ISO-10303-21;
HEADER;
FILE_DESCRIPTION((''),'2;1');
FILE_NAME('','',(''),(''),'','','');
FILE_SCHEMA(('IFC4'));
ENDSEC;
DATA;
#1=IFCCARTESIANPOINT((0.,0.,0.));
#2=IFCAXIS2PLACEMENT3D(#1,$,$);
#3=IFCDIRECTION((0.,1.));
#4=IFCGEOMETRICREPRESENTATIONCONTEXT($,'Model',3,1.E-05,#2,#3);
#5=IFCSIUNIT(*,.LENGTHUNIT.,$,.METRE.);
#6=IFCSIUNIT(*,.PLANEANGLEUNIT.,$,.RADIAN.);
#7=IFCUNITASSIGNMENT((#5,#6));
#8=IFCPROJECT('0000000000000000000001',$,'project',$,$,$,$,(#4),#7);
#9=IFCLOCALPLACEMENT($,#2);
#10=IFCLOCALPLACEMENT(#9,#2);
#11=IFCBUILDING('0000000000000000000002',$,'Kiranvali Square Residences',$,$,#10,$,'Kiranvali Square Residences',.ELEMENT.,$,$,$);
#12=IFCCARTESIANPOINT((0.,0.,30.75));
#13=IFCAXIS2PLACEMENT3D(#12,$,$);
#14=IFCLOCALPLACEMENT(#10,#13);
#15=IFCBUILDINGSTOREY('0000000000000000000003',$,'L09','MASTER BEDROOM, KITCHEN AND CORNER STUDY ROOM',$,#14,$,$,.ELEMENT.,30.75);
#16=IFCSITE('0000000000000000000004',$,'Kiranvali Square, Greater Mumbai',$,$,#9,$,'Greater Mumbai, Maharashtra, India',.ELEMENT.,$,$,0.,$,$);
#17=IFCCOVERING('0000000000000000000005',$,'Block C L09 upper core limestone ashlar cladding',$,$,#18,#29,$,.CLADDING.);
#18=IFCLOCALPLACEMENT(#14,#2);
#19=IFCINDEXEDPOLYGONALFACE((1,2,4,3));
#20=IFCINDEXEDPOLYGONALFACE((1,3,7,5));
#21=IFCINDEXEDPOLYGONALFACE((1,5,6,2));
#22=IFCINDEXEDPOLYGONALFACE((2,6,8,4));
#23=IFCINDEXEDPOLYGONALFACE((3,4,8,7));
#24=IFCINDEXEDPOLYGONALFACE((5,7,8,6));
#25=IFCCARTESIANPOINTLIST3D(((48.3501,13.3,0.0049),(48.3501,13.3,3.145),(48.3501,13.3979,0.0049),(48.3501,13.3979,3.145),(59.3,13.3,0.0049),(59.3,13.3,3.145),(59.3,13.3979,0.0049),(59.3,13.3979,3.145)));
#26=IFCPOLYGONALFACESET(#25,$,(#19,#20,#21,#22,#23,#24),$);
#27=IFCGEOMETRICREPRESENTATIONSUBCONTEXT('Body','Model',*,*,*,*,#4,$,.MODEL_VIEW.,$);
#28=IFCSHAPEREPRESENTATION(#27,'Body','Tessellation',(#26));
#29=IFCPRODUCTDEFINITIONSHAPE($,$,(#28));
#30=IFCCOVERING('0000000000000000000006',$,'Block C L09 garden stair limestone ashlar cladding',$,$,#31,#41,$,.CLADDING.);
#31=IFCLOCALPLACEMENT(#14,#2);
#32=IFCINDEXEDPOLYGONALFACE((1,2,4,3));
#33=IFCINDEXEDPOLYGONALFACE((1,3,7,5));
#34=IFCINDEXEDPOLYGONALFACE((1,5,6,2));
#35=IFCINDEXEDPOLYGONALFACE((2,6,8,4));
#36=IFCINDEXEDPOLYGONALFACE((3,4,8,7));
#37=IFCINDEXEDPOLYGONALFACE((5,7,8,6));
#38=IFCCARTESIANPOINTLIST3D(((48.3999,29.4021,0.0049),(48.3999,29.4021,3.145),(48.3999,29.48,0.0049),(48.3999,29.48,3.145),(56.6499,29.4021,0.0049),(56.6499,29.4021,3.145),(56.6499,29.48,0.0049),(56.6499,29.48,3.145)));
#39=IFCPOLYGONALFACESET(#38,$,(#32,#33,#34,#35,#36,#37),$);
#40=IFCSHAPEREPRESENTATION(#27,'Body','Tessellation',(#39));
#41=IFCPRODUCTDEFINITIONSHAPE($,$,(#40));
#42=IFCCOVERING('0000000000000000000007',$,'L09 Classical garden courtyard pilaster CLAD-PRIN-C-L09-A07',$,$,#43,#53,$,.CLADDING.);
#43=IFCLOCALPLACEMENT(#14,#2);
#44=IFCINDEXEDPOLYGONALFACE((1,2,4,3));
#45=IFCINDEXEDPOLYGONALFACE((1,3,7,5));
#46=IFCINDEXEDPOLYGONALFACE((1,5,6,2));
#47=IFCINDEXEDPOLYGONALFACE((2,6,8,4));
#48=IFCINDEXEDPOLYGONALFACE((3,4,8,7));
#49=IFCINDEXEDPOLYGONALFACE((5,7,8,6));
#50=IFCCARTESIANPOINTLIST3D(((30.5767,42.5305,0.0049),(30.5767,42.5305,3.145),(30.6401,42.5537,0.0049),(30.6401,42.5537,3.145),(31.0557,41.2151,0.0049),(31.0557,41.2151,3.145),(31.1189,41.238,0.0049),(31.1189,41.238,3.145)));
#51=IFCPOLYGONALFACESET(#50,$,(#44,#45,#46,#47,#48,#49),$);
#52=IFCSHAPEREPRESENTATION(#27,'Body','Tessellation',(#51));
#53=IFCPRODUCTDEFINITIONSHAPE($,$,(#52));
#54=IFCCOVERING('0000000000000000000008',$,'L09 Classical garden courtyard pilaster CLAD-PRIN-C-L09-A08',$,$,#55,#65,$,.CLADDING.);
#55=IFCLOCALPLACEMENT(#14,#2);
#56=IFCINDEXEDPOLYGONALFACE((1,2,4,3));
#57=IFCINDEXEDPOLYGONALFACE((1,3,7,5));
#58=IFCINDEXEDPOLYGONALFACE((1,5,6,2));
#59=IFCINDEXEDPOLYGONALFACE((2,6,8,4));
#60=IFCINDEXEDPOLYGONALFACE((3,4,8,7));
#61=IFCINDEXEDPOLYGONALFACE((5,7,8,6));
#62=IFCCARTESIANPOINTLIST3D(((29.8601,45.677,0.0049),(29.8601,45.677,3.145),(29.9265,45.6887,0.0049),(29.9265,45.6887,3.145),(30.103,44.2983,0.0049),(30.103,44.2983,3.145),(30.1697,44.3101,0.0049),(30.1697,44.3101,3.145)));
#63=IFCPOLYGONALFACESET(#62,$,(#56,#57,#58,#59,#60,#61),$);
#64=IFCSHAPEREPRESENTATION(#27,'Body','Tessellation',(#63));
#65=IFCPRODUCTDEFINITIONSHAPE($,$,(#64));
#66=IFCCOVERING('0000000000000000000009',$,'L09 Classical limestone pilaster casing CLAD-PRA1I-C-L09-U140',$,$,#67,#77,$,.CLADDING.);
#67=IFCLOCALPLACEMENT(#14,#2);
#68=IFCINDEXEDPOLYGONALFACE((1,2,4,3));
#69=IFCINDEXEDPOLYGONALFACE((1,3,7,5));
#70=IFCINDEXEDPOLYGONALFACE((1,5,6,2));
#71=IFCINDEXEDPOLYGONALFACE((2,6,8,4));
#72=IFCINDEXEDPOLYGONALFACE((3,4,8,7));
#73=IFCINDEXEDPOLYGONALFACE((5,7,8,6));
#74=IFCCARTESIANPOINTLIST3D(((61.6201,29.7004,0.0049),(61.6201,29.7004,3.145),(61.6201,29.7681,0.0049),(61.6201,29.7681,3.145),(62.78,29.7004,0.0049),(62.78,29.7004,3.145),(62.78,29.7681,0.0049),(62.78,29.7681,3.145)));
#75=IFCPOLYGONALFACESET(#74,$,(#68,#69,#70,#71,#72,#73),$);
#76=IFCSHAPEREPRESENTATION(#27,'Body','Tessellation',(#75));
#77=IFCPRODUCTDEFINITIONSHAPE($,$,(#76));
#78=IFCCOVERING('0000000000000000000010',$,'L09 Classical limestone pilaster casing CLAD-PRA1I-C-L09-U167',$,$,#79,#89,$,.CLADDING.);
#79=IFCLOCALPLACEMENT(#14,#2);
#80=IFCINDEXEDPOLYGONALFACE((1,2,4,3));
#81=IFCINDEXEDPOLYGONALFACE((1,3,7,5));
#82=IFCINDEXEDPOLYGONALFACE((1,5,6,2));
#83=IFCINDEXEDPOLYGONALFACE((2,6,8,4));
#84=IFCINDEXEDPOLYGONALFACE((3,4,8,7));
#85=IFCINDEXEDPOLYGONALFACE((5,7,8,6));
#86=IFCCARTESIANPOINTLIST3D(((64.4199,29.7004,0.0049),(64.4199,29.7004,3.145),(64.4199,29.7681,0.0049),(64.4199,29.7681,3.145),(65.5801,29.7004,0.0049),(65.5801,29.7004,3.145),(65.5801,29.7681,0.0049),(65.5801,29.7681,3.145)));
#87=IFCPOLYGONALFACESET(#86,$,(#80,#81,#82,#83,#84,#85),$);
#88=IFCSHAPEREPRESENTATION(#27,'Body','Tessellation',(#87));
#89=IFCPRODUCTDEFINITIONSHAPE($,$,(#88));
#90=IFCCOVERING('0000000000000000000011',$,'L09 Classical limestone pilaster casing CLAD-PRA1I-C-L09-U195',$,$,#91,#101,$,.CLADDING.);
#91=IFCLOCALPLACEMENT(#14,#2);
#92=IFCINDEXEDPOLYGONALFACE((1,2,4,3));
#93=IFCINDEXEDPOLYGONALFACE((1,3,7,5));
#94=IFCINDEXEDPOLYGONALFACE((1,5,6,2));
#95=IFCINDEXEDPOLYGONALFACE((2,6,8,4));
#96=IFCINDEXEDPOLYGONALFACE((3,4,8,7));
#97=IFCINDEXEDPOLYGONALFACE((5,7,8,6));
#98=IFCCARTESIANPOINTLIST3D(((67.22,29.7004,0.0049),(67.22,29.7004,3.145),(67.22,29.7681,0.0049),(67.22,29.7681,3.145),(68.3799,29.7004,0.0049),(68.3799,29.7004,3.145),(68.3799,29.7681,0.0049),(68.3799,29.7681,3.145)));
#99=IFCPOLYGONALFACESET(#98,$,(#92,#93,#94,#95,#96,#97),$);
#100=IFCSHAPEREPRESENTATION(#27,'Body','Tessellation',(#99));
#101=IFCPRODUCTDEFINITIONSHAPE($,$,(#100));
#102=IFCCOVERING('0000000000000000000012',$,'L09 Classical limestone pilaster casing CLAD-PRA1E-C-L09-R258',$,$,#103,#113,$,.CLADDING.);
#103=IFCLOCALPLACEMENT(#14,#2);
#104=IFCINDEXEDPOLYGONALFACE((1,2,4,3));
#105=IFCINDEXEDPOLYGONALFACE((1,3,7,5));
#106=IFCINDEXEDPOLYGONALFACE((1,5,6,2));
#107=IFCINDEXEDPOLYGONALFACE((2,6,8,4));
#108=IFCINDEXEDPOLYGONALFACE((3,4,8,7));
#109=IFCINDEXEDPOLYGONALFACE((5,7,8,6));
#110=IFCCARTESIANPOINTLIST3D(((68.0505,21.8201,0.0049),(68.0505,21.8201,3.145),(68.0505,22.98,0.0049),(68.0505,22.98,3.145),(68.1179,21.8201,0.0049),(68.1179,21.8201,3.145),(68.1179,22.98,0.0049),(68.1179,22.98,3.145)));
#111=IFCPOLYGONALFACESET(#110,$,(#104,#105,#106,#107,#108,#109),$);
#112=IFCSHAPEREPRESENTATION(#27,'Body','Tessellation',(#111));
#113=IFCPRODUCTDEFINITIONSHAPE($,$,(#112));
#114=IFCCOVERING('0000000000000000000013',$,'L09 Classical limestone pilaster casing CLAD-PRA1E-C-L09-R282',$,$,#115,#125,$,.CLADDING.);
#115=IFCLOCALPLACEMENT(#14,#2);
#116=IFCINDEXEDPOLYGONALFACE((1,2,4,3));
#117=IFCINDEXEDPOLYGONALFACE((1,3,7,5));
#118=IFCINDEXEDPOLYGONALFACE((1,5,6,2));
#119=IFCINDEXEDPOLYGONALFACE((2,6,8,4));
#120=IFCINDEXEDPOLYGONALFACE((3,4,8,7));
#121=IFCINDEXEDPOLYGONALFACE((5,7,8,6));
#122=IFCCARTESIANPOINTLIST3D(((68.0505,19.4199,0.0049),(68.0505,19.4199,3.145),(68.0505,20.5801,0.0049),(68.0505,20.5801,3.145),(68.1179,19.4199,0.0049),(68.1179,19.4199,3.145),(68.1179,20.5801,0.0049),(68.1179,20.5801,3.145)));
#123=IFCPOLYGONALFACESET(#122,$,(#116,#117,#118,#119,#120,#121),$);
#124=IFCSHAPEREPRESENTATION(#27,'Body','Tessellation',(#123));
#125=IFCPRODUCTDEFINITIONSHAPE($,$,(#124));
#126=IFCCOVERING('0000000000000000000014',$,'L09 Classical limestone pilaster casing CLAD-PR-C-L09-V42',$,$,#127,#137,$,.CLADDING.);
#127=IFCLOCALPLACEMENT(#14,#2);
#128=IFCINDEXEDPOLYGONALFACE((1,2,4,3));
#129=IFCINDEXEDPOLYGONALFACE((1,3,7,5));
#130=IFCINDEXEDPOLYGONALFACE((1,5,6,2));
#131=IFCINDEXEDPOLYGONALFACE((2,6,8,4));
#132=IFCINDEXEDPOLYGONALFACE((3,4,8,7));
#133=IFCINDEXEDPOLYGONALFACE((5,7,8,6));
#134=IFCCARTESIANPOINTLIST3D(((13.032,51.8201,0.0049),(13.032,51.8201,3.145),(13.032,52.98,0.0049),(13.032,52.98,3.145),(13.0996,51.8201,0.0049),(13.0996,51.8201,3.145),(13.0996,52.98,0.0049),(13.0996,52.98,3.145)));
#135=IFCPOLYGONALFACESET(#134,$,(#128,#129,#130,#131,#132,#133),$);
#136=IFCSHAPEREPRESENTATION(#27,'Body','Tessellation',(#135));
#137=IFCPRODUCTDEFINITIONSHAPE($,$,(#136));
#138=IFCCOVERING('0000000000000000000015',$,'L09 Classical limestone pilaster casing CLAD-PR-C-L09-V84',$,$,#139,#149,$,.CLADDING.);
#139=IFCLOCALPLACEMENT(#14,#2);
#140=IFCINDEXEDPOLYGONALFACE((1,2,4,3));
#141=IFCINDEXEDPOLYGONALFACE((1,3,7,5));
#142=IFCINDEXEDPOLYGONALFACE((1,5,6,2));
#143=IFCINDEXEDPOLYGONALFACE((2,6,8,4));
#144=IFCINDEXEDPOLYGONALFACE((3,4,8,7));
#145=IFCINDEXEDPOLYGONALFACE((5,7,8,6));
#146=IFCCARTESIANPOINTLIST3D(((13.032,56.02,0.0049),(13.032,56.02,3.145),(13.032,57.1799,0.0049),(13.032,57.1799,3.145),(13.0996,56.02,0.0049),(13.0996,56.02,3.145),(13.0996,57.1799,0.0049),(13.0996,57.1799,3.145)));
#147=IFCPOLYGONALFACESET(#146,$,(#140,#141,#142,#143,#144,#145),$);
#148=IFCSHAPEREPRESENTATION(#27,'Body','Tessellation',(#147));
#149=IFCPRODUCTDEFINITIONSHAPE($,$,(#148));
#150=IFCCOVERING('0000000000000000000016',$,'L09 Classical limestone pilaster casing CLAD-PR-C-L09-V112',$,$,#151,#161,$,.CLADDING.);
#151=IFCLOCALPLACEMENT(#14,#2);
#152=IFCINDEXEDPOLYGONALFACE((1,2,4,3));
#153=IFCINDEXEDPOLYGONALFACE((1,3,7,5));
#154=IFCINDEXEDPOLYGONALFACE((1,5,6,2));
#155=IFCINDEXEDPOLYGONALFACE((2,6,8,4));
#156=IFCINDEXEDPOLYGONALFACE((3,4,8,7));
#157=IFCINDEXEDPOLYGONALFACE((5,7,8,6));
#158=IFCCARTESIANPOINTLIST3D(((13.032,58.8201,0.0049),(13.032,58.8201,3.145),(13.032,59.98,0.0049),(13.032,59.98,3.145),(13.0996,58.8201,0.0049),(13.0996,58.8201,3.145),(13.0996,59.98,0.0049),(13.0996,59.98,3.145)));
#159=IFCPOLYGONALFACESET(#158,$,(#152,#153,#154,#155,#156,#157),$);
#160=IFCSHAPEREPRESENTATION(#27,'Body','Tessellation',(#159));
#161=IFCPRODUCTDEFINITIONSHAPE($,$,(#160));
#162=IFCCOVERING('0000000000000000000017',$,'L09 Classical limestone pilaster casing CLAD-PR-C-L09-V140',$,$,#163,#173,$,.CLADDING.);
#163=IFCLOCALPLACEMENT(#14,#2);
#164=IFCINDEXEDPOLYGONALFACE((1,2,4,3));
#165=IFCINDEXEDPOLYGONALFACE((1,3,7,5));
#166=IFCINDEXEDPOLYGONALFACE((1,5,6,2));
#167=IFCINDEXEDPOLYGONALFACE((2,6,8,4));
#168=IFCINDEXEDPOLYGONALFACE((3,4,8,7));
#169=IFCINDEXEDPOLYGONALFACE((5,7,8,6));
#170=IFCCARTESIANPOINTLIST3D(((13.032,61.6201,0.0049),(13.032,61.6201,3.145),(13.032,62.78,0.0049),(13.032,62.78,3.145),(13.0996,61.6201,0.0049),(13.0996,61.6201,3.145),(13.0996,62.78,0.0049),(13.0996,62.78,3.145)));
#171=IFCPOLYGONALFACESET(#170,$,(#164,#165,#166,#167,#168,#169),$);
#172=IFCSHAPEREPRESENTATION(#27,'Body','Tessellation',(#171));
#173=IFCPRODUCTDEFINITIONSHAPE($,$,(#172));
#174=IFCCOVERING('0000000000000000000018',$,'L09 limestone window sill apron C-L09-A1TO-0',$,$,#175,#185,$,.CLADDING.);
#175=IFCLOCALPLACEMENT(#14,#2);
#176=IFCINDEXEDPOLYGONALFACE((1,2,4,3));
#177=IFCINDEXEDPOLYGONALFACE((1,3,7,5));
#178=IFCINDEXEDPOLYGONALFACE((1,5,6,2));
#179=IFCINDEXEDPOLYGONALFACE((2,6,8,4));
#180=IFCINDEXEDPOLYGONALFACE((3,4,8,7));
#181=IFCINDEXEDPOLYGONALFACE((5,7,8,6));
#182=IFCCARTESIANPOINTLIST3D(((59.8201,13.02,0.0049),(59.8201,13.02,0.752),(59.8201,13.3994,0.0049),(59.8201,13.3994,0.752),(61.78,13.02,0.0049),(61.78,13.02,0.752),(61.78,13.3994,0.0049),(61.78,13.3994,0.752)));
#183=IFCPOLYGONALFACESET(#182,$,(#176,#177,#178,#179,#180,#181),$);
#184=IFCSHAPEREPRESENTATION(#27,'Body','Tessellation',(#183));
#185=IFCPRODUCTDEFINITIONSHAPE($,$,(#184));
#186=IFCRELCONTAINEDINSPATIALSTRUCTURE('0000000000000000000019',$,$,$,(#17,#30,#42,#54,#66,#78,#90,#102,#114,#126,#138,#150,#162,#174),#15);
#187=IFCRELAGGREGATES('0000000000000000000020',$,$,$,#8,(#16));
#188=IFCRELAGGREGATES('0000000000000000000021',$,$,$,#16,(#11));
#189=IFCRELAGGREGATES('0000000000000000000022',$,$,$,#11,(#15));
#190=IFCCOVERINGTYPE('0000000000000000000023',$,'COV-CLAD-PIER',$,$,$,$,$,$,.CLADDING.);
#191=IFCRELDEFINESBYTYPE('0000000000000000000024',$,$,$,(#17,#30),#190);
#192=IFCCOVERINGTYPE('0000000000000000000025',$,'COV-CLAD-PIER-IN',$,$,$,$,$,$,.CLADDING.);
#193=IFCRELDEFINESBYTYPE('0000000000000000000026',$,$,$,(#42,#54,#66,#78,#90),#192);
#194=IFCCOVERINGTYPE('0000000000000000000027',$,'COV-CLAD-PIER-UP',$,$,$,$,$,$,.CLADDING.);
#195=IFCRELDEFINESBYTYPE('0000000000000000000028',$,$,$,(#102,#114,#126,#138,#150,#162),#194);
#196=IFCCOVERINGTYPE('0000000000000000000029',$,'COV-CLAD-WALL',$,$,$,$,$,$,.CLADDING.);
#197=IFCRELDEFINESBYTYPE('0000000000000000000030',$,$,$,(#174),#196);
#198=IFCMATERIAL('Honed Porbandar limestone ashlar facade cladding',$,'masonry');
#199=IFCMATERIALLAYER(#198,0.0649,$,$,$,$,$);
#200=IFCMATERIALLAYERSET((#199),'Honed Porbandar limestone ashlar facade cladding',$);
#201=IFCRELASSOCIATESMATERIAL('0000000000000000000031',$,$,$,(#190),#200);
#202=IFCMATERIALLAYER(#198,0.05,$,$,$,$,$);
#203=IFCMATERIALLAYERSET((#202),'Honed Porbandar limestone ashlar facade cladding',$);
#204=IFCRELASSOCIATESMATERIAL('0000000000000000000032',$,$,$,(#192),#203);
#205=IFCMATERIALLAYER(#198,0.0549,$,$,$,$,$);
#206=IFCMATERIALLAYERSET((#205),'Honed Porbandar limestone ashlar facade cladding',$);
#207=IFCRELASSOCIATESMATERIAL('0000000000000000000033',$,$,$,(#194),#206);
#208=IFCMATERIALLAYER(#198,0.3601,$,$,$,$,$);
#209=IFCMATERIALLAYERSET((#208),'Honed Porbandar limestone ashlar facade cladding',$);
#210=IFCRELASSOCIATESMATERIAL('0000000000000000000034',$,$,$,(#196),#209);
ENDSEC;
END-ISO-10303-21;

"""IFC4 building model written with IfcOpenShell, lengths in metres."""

from ifc_helpers import new_model, si_unit, direction, frame, origin, place, context, subcontext, project, spatial, polyline, outline, extrude, material, layer, layer_set, type_object, element, save


model = new_model("IFC4")

# Units and contexts
model_context = context("Model", 3, precision=1e-05, world=origin(), true_north=direction((0.0, 1.0)))
body_context = subcontext(model_context, "Body", "Model", "MODEL_VIEW")
ifc_project = project(units=[si_unit("LENGTHUNIT", "METRE"), si_unit("PLANEANGLEUNIT", "RADIAN")], contexts=[model_context])

# Site, building, storey
site_placement = place(None, origin())
site = spatial("IfcSite", under=ifc_project, at=site_placement, Name="Kiranvali Square, Greater Mumbai", LongName="Greater Mumbai, Maharashtra, India", CompositionType="ELEMENT", RefElevation=0.0)
building_placement = place(site_placement, origin())
building = spatial("IfcBuilding", under=site, at=building_placement, Name="Kiranvali Square Residences", LongName="Kiranvali Square Residences", CompositionType="ELEMENT")
storey_placement = place(building_placement, frame((0.0, 0.0, 30.75)))
storey = spatial("IfcBuildingStorey", under=building, at=storey_placement, Name="L09", Description="MASTER BEDROOM, KITCHEN AND CORNER STUDY ROOM", CompositionType="ELEMENT", Elevation=30.75)

# Coverings
ifc_material = material(Name="Honed Porbandar limestone ashlar facade cladding", Category="masonry")
ifc_layer_1 = layer(ifc_material, 0.0649)
ifc_layer_set_1 = layer_set([ifc_layer_1], Name="Honed Porbandar limestone ashlar facade cladding")
covering_type_1 = type_object("IfcCoveringType", Name="COV-CLAD-PIER", PredefinedType="CLADDING", material=ifc_layer_set_1)
covering_1_placement = place(storey_placement, frame((0.0, 0.0, 0.0049)))
element("IfcCovering", 1, at=covering_1_placement, inside=storey, type_object=covering_type_1, Name="Block C L09 upper core limestone ashlar cladding", PredefinedType="CLADDING", context=body_context, shape_type="SweptSolid", body=[
    extrude(outline(polyline([(48.3501, 13.3), (59.3, 13.3), (59.3, 13.3979), (48.3501, 13.3979), (48.3501, 13.3)])), origin(), (0.0, 0.0, 1.0), 3.1401),
])
covering_2_placement = place(storey_placement, frame((0.0, 0.0, 0.0049)))
element("IfcCovering", 2, at=covering_2_placement, inside=storey, type_object=covering_type_1, Name="Block C L09 garden stair limestone ashlar cladding", PredefinedType="CLADDING", context=body_context, shape_type="SweptSolid", body=[
    extrude(outline(polyline([(48.3999, 29.4021), (56.6499, 29.4021), (56.6499, 29.48), (48.3999, 29.48), (48.3999, 29.4021)])), origin(), (0.0, 0.0, 1.0), 3.1401),
])
ifc_layer_2 = layer(ifc_material, 0.05)
ifc_layer_set_2 = layer_set([ifc_layer_2], Name="Honed Porbandar limestone ashlar facade cladding")
covering_type_2 = type_object("IfcCoveringType", Name="COV-CLAD-PIER-IN", PredefinedType="CLADDING", material=ifc_layer_set_2)
covering_3_placement = place(storey_placement, frame((0.0, 0.0, 0.0049)))
element("IfcCovering", 3, at=covering_3_placement, inside=storey, type_object=covering_type_2, Name="L09 Classical garden courtyard pilaster CLAD-PRIN-C-L09-A07", PredefinedType="CLADDING", context=body_context, shape_type="SweptSolid", body=[
    extrude(outline(polyline([(31.1189, 41.238), (30.6401, 42.5537), (30.5767, 42.5305), (31.0557, 41.2151), (31.1189, 41.238)])), origin(), (0.0, 0.0, 1.0), 3.1401),
])
covering_4_placement = place(storey_placement, frame((0.0, 0.0, 0.0049)))
element("IfcCovering", 4, at=covering_4_placement, inside=storey, type_object=covering_type_2, Name="L09 Classical garden courtyard pilaster CLAD-PRIN-C-L09-A08", PredefinedType="CLADDING", context=body_context, shape_type="SweptSolid", body=[
    extrude(outline(polyline([(30.1697, 44.3101), (29.9265, 45.6887), (29.8601, 45.677), (30.103, 44.2983), (30.1697, 44.3101)])), origin(), (0.0, 0.0, 1.0), 3.1401),
])
covering_5_placement = place(storey_placement, frame((0.0, 0.0, 0.0049)))
element("IfcCovering", 5, at=covering_5_placement, inside=storey, type_object=covering_type_2, Name="L09 Classical limestone pilaster casing CLAD-PRA1I-C-L09-U140", PredefinedType="CLADDING", context=body_context, shape_type="SweptSolid", body=[
    extrude(outline(polyline([(61.6201, 29.7004), (62.78, 29.7004), (62.78, 29.7681), (61.6201, 29.7681), (61.6201, 29.7004)])), origin(), (0.0, 0.0, 1.0), 3.1401),
])
covering_6_placement = place(storey_placement, frame((0.0, 0.0, 0.0049)))
element("IfcCovering", 6, at=covering_6_placement, inside=storey, type_object=covering_type_2, Name="L09 Classical limestone pilaster casing CLAD-PRA1I-C-L09-U167", PredefinedType="CLADDING", context=body_context, shape_type="SweptSolid", body=[
    extrude(outline(polyline([(64.4199, 29.7004), (65.5801, 29.7004), (65.5801, 29.7681), (64.4199, 29.7681), (64.4199, 29.7004)])), origin(), (0.0, 0.0, 1.0), 3.1401),
])
covering_7_placement = place(storey_placement, frame((0.0, 0.0, 0.0049)))
element("IfcCovering", 7, at=covering_7_placement, inside=storey, type_object=covering_type_2, Name="L09 Classical limestone pilaster casing CLAD-PRA1I-C-L09-U195", PredefinedType="CLADDING", context=body_context, shape_type="SweptSolid", body=[
    extrude(outline(polyline([(67.22, 29.7004), (68.3799, 29.7004), (68.3799, 29.7681), (67.22, 29.7681), (67.22, 29.7004)])), origin(), (0.0, 0.0, 1.0), 3.1401),
])
ifc_layer_3 = layer(ifc_material, 0.0549)
ifc_layer_set_3 = layer_set([ifc_layer_3], Name="Honed Porbandar limestone ashlar facade cladding")
covering_type_3 = type_object("IfcCoveringType", Name="COV-CLAD-PIER-UP", PredefinedType="CLADDING", material=ifc_layer_set_3)
covering_8_placement = place(storey_placement, frame((0.0, 0.0, 0.0049)))
element("IfcCovering", 8, at=covering_8_placement, inside=storey, type_object=covering_type_3, Name="L09 Classical limestone pilaster casing CLAD-PRA1E-C-L09-R258", PredefinedType="CLADDING", context=body_context, shape_type="SweptSolid", body=[
    extrude(outline(polyline([(68.0505, 22.98), (68.0505, 21.8201), (68.1179, 21.8201), (68.1179, 22.98), (68.0505, 22.98)])), origin(), (0.0, 0.0, 1.0), 3.1401),
])
covering_9_placement = place(storey_placement, frame((0.0, 0.0, 0.0049)))
element("IfcCovering", 9, at=covering_9_placement, inside=storey, type_object=covering_type_3, Name="L09 Classical limestone pilaster casing CLAD-PRA1E-C-L09-R282", PredefinedType="CLADDING", context=body_context, shape_type="SweptSolid", body=[
    extrude(outline(polyline([(68.0505, 20.5801), (68.0505, 19.4199), (68.1179, 19.4199), (68.1179, 20.5801), (68.0505, 20.5801)])), origin(), (0.0, 0.0, 1.0), 3.1401),
])
covering_10_placement = place(storey_placement, frame((0.0, 0.0, 0.0049)))
element("IfcCovering", 10, at=covering_10_placement, inside=storey, type_object=covering_type_3, Name="L09 Classical limestone pilaster casing CLAD-PR-C-L09-V42", PredefinedType="CLADDING", context=body_context, shape_type="SweptSolid", body=[
    extrude(outline(polyline([(13.0996, 51.8201), (13.0996, 52.98), (13.032, 52.98), (13.032, 51.8201), (13.0996, 51.8201)])), origin(), (0.0, 0.0, 1.0), 3.1401),
])
covering_11_placement = place(storey_placement, frame((0.0, 0.0, 0.0049)))
element("IfcCovering", 11, at=covering_11_placement, inside=storey, type_object=covering_type_3, Name="L09 Classical limestone pilaster casing CLAD-PR-C-L09-V84", PredefinedType="CLADDING", context=body_context, shape_type="SweptSolid", body=[
    extrude(outline(polyline([(13.0996, 56.02), (13.0996, 57.1799), (13.032, 57.1799), (13.032, 56.02), (13.0996, 56.02)])), origin(), (0.0, 0.0, 1.0), 3.1401),
])
covering_12_placement = place(storey_placement, frame((0.0, 0.0, 0.0049)))
element("IfcCovering", 12, at=covering_12_placement, inside=storey, type_object=covering_type_3, Name="L09 Classical limestone pilaster casing CLAD-PR-C-L09-V112", PredefinedType="CLADDING", context=body_context, shape_type="SweptSolid", body=[
    extrude(outline(polyline([(13.0996, 58.8201), (13.0996, 59.98), (13.032, 59.98), (13.032, 58.8201), (13.0996, 58.8201)])), origin(), (0.0, 0.0, 1.0), 3.1401),
])
covering_13_placement = place(storey_placement, frame((0.0, 0.0, 0.0049)))
element("IfcCovering", 13, at=covering_13_placement, inside=storey, type_object=covering_type_3, Name="L09 Classical limestone pilaster casing CLAD-PR-C-L09-V140", PredefinedType="CLADDING", context=body_context, shape_type="SweptSolid", body=[
    extrude(outline(polyline([(13.0996, 61.6201), (13.0996, 62.78), (13.032, 62.78), (13.032, 61.6201), (13.0996, 61.6201)])), origin(), (0.0, 0.0, 1.0), 3.1401),
])
ifc_layer_4 = layer(ifc_material, 0.3601)
ifc_layer_set_4 = layer_set([ifc_layer_4], Name="Honed Porbandar limestone ashlar facade cladding")
covering_type_4 = type_object("IfcCoveringType", Name="COV-CLAD-WALL", PredefinedType="CLADDING", material=ifc_layer_set_4)
covering_14_placement = place(storey_placement, frame((0.0, 0.0, 0.0049)))
element("IfcCovering", 14, at=covering_14_placement, inside=storey, type_object=covering_type_4, Name="L09 limestone window sill apron C-L09-A1TO-0", PredefinedType="CLADDING", context=body_context, shape_type="SweptSolid", body=[
    extrude(outline(polyline([(59.8201, 13.02), (61.78, 13.02), (61.78, 13.3994), (59.8201, 13.3994), (59.8201, 13.02)])), origin(), (0.0, 0.0, 1.0), 0.7471),
])

save(model, "model.ifc")
